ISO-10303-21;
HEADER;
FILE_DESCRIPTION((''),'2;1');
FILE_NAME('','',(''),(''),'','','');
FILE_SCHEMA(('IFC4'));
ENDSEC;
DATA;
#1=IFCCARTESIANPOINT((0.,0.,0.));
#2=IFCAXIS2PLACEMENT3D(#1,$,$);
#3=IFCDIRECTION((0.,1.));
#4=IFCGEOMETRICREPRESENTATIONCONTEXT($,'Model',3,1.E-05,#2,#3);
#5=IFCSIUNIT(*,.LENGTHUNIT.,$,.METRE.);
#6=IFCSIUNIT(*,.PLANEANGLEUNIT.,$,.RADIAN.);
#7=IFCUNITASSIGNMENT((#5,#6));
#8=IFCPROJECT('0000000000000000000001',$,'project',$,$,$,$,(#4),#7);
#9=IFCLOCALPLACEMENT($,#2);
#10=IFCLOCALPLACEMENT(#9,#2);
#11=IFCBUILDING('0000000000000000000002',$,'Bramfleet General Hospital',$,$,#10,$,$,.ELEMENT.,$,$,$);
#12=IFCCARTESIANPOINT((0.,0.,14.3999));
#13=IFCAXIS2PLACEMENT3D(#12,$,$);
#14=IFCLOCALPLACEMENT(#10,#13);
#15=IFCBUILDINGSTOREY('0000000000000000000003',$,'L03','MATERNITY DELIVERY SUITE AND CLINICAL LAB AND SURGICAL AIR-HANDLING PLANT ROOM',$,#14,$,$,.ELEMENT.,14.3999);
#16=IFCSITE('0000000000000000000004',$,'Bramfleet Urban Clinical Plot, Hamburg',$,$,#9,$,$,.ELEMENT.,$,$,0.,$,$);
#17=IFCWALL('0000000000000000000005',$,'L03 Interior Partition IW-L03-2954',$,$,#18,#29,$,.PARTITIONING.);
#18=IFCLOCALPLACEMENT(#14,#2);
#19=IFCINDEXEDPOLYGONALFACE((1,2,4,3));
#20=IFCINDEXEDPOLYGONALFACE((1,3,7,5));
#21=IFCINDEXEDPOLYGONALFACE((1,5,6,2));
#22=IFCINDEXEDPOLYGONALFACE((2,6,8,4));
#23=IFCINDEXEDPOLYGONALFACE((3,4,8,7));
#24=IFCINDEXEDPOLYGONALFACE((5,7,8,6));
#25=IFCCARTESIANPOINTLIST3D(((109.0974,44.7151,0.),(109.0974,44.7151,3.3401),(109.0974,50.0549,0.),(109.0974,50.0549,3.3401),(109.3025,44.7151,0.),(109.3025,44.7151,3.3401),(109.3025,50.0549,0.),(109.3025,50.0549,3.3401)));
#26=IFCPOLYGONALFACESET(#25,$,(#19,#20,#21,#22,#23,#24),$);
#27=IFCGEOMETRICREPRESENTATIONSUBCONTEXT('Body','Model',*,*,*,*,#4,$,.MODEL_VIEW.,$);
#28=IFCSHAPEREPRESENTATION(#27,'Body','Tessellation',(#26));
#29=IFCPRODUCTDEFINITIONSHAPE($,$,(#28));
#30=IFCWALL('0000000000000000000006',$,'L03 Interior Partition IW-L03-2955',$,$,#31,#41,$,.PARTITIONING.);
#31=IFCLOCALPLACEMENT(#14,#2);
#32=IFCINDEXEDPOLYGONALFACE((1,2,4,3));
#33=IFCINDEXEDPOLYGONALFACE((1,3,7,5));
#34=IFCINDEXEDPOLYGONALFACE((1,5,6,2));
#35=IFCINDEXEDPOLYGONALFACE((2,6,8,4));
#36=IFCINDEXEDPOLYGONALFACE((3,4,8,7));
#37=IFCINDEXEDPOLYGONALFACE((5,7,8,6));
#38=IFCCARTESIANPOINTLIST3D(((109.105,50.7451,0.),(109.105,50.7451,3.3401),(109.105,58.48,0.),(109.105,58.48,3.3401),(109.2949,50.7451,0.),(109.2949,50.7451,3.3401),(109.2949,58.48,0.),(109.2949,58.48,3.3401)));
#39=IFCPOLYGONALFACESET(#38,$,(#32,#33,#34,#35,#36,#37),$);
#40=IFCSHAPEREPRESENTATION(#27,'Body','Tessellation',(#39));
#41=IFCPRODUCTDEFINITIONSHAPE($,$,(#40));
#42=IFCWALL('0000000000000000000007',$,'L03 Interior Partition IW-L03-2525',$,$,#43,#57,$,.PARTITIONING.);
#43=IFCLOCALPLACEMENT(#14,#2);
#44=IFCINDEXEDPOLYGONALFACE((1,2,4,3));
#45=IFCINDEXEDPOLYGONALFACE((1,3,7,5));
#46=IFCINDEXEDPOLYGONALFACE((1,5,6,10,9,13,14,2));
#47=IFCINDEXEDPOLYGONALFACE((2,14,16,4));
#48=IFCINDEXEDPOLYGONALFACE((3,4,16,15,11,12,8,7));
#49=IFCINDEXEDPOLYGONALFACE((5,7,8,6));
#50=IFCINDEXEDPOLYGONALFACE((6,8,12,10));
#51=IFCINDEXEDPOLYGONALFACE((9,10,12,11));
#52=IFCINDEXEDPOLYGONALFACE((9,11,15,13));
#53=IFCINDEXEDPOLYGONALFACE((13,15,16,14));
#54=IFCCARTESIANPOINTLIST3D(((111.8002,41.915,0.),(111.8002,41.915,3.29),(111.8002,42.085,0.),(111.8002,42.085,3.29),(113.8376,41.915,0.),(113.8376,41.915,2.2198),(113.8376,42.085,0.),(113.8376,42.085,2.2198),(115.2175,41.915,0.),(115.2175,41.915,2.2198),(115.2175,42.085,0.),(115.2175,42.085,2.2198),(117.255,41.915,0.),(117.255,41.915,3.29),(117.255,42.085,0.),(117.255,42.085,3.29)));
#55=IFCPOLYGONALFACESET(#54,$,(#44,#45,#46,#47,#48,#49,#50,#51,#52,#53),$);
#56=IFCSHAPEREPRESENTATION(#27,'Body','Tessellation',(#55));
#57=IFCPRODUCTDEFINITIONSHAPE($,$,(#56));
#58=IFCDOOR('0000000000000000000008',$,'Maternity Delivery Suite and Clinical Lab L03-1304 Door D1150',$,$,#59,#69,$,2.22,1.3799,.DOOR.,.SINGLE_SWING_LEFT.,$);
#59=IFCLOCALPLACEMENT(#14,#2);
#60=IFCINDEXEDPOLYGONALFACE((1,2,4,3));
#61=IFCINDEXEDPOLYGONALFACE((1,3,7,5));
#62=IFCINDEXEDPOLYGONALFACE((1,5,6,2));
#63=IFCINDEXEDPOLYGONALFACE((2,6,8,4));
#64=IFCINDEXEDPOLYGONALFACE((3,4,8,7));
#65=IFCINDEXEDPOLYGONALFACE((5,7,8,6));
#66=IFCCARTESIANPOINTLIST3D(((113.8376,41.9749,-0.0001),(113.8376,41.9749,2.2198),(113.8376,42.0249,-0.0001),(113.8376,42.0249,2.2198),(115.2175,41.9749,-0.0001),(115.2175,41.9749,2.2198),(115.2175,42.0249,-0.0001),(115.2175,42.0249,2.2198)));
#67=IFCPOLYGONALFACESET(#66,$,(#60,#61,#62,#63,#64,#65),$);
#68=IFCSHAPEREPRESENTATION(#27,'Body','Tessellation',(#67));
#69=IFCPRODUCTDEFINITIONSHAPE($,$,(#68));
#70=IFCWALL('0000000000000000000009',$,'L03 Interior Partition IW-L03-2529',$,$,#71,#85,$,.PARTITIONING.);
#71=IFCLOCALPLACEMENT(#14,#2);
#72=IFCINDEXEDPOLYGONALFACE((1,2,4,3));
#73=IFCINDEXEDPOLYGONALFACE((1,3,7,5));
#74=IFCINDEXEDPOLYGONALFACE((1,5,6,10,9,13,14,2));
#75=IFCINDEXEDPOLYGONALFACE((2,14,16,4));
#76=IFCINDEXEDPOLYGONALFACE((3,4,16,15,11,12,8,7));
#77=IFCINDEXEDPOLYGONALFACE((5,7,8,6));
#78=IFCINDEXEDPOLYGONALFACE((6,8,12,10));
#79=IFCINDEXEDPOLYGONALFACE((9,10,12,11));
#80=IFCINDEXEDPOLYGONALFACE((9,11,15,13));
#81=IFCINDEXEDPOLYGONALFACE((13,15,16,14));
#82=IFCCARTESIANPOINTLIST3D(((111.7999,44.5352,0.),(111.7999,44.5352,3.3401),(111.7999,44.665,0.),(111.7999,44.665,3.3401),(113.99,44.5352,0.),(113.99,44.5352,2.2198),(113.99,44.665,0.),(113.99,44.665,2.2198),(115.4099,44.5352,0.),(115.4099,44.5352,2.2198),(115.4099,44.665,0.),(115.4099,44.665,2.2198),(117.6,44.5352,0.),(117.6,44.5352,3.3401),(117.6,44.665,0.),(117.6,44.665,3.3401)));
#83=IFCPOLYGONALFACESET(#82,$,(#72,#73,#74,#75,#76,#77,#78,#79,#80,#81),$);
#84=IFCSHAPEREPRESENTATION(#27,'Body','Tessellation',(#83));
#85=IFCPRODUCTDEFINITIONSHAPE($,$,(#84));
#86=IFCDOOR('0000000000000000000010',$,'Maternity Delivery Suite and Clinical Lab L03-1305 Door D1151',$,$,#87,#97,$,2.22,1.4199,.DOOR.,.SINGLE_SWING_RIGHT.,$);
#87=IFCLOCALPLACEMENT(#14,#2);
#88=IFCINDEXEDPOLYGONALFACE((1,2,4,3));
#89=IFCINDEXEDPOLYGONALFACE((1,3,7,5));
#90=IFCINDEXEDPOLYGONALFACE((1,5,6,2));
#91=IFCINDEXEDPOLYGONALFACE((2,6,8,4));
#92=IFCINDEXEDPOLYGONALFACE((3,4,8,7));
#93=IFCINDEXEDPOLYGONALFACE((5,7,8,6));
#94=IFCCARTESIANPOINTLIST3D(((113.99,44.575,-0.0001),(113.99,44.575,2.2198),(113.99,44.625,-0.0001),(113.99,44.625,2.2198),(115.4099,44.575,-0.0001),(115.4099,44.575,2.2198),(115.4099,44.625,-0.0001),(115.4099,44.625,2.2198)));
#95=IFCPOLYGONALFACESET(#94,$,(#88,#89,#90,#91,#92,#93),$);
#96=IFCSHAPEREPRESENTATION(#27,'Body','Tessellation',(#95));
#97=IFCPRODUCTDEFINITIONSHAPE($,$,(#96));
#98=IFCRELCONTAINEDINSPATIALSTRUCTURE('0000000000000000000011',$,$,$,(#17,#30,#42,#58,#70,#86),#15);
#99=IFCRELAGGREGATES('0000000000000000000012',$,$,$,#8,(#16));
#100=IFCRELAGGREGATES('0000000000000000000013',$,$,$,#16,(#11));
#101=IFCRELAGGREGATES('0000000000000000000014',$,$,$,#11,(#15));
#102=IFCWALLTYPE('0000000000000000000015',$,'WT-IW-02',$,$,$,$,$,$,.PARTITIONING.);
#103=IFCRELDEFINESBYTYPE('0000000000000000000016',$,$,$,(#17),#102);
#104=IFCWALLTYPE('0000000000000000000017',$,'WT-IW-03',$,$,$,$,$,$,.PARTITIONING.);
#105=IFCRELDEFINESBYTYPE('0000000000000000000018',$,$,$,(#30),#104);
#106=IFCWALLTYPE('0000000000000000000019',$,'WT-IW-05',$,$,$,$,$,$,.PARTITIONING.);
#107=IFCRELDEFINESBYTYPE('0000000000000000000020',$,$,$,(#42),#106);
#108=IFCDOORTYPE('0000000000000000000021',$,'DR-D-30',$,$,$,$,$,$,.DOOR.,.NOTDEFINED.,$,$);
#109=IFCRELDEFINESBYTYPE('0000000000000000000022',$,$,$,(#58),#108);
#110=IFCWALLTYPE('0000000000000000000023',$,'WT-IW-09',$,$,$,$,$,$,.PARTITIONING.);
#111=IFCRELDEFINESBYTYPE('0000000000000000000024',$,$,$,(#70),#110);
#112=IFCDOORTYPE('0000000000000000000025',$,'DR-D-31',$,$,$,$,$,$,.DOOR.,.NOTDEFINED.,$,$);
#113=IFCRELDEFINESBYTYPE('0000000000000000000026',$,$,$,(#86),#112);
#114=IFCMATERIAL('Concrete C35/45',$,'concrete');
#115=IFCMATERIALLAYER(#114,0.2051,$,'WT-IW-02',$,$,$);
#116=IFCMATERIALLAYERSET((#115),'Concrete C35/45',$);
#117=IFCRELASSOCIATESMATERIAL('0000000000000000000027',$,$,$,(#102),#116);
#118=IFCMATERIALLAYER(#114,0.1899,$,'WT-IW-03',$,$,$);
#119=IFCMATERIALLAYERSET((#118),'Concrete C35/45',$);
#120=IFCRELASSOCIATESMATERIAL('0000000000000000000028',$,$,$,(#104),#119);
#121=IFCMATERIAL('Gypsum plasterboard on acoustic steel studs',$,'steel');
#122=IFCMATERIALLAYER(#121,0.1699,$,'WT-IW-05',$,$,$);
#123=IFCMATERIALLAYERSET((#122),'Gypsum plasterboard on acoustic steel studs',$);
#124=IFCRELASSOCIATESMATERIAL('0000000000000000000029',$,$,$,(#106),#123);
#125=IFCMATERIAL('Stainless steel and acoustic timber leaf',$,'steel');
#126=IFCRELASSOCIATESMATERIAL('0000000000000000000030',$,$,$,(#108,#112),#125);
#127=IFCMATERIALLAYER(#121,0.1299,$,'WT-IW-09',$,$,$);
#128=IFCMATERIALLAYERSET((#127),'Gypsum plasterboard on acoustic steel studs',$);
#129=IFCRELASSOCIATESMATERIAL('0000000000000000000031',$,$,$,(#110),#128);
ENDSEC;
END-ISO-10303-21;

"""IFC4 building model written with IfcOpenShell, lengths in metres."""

from ifc_helpers import new_model, si_unit, direction, frame, frame_2d, origin, place, context, subcontext, project, spatial, rectangle, extrude, material, layer, layer_set, type_object, element, fill, save


model = new_model("IFC4")

# Units and contexts
model_context = context("Model", 3, precision=1e-05, world=origin(), true_north=direction((0.0, 1.0)))
body_context = subcontext(model_context, "Body", "Model", "MODEL_VIEW")
ifc_project = project(units=[si_unit("LENGTHUNIT", "METRE"), si_unit("PLANEANGLEUNIT", "RADIAN")], contexts=[model_context])

# Site, building, storey
site_placement = place(None, origin())
site = spatial("IfcSite", under=ifc_project, at=site_placement, Name="Bramfleet Urban Clinical Plot, Hamburg", CompositionType="ELEMENT", RefElevation=0.0)
building_placement = place(site_placement, origin())
building = spatial("IfcBuilding", under=site, at=building_placement, Name="Bramfleet General Hospital", CompositionType="ELEMENT")
storey_placement = place(building_placement, frame((0.0, 0.0, 14.3999)))
storey = spatial("IfcBuildingStorey", under=building, at=storey_placement, Name="L03", Description="MATERNITY DELIVERY SUITE AND CLINICAL LAB AND SURGICAL AIR-HANDLING PLANT ROOM", CompositionType="ELEMENT", Elevation=14.3999)

# Shared definitions
ifc_material_1 = material(Name="Concrete C35/45", Category="concrete")

# Walls
ifc_layer_1 = layer(ifc_material_1, 0.2051, Name="WT-IW-02")
ifc_layer_set_1 = layer_set([ifc_layer_1], Name="Concrete C35/45")
wall_type_1 = type_object("IfcWallType", Name="WT-IW-02", PredefinedType="PARTITIONING", material=ifc_layer_set_1)
wall_1_placement = place(storey_placement, frame((109.2, 44.7151, 0.0), z_axis=(0.0, 0.0, 1.0), x_axis=(0.0, 1.0, 0.0)))
element("IfcWall", 1, at=wall_1_placement, inside=storey, type_object=wall_type_1, Name="L03 Interior Partition IW-L03-2954", PredefinedType="PARTITIONING", context=body_context, shape_type="SweptSolid", body=[
    extrude(rectangle(XDim=5.3398, YDim=0.2051, at=frame_2d((2.6699, 0.0))), origin(), (0.0, 0.0, 1.0), 3.3401),
])
ifc_layer_2 = layer(ifc_material_1, 0.1899, Name="WT-IW-03")
ifc_layer_set_2 = layer_set([ifc_layer_2], Name="Concrete C35/45")
wall_type_2 = type_object("IfcWallType", Name="WT-IW-03", PredefinedType="PARTITIONING", material=ifc_layer_set_2)
wall_2_placement = place(storey_placement, frame((109.2, 50.7451, 0.0), z_axis=(0.0, 0.0, 1.0), x_axis=(0.0, 1.0, 0.0)))
element("IfcWall", 2, at=wall_2_placement, inside=storey, type_object=wall_type_2, Name="L03 Interior Partition IW-L03-2955", PredefinedType="PARTITIONING", context=body_context, shape_type="SweptSolid", body=[
    extrude(rectangle(XDim=7.7349, YDim=0.1899, at=frame_2d((3.8674, 0.0))), origin(), (0.0, 0.0, 1.0), 3.3401),
])

# Walls, openings, doors
ifc_material_2 = material(Name="Gypsum plasterboard on acoustic steel studs", Category="steel")
ifc_layer_3 = layer(ifc_material_2, 0.1699, Name="WT-IW-05")
ifc_layer_set_3 = layer_set([ifc_layer_3], Name="Gypsum plasterboard on acoustic steel studs")
wall_type_3 = type_object("IfcWallType", Name="WT-IW-05", PredefinedType="PARTITIONING", material=ifc_layer_set_3)
wall_3_placement = place(storey_placement, frame((111.8, 42.0, 0.0), z_axis=(0.0, 0.0, 1.0), x_axis=(1.0, 0.0, 0.0)))
wall_3 = element("IfcWall", 3, at=wall_3_placement, inside=storey, type_object=wall_type_3, Name="L03 Interior Partition IW-L03-2525", PredefinedType="PARTITIONING", context=body_context, shape_type="SweptSolid", body=[
    extrude(rectangle(XDim=5.4548, YDim=0.1699, at=frame_2d((2.7275, 0.0))), origin(), (0.0, 0.0, 1.0), 3.29),
])
opening_1_placement = place(wall_3_placement, frame((2.0376, 0.0, 0.0)))
opening_1 = element("IfcOpeningElement", 4, at=opening_1_placement, cuts=wall_3, PredefinedType="OPENING", context=body_context, shape_type="SweptSolid", body=[
    extrude(rectangle(XDim=1.3799, YDim=2.22, at=frame_2d((0.6899, 1.1099))), frame((0.0, 0.095, 0.0), z_axis=(0.0, -1.0, 0.0), x_axis=(1.0, 0.0, 0.0)), (0.0, 0.0, 1.0), 0.1899),
])
ifc_material_3 = material(Name="Stainless steel and acoustic timber leaf", Category="steel")
door_type_1 = type_object("IfcDoorType", Name="DR-D-30", OperationType="NOTDEFINED", PredefinedType="DOOR", material=ifc_material_3)
door_1_placement = place(opening_1_placement, origin())
door_1 = element("IfcDoor", 5, at=door_1_placement, inside=storey, type_object=door_type_1, Name="Maternity Delivery Suite and Clinical Lab L03-1304 Door D1150", OperationType="SINGLE_SWING_LEFT", OverallHeight=2.22, OverallWidth=1.3799, PredefinedType="DOOR", context=body_context, shape_type="SweptSolid", body=[
    extrude(rectangle(XDim=1.3799, YDim=2.22, at=frame_2d((0.6899, 1.1099))), frame((0.0, 0.0249, 0.0), z_axis=(0.0, -1.0, 0.0), x_axis=(1.0, 0.0, 0.0)), (0.0, 0.0, 1.0), 0.05),
])
fill(opening_1, door_1)
ifc_layer_4 = layer(ifc_material_2, 0.1299, Name="WT-IW-09")
ifc_layer_set_4 = layer_set([ifc_layer_4], Name="Gypsum plasterboard on acoustic steel studs")
wall_type_4 = type_object("IfcWallType", Name="WT-IW-09", PredefinedType="PARTITIONING", material=ifc_layer_set_4)
wall_4_placement = place(storey_placement, frame((111.8, 44.6001, 0.0), z_axis=(0.0, 0.0, 1.0), x_axis=(1.0, 0.0, 0.0)))
wall_4 = element("IfcWall", 6, at=wall_4_placement, inside=storey, type_object=wall_type_4, Name="L03 Interior Partition IW-L03-2529", PredefinedType="PARTITIONING", context=body_context, shape_type="SweptSolid", body=[
    extrude(rectangle(XDim=5.8, YDim=0.1299, at=frame_2d((2.8999, 0.0))), origin(), (0.0, 0.0, 1.0), 3.3401),
])
opening_2_placement = place(wall_4_placement, frame((2.1899, 0.0, 0.0)))
opening_2 = element("IfcOpeningElement", 7, at=opening_2_placement, cuts=wall_4, PredefinedType="OPENING", context=body_context, shape_type="SweptSolid", body=[
    extrude(rectangle(XDim=1.4199, YDim=2.22, at=frame_2d((0.71, 1.1099))), frame((0.0, 0.075, 0.0), z_axis=(0.0, -1.0, 0.0), x_axis=(1.0, 0.0, 0.0)), (0.0, 0.0, 1.0), 0.1499),
])
door_type_2 = type_object("IfcDoorType", Name="DR-D-31", OperationType="NOTDEFINED", PredefinedType="DOOR", material=ifc_material_3)
door_2_placement = place(opening_2_placement, origin())
door_2 = element("IfcDoor", 8, at=door_2_placement, inside=storey, type_object=door_type_2, Name="Maternity Delivery Suite and Clinical Lab L03-1305 Door D1151", OperationType="SINGLE_SWING_RIGHT", OverallHeight=2.22, OverallWidth=1.4199, PredefinedType="DOOR", context=body_context, shape_type="SweptSolid", body=[
    extrude(rectangle(XDim=1.4199, YDim=2.22, at=frame_2d((0.71, 1.1099))), frame((0.0, 0.0249, 0.0), z_axis=(0.0, -1.0, 0.0), x_axis=(1.0, 0.0, 0.0)), (0.0, 0.0, 1.0), 0.05),
])
fill(opening_2, door_2)

save(model, "model.ifc")
